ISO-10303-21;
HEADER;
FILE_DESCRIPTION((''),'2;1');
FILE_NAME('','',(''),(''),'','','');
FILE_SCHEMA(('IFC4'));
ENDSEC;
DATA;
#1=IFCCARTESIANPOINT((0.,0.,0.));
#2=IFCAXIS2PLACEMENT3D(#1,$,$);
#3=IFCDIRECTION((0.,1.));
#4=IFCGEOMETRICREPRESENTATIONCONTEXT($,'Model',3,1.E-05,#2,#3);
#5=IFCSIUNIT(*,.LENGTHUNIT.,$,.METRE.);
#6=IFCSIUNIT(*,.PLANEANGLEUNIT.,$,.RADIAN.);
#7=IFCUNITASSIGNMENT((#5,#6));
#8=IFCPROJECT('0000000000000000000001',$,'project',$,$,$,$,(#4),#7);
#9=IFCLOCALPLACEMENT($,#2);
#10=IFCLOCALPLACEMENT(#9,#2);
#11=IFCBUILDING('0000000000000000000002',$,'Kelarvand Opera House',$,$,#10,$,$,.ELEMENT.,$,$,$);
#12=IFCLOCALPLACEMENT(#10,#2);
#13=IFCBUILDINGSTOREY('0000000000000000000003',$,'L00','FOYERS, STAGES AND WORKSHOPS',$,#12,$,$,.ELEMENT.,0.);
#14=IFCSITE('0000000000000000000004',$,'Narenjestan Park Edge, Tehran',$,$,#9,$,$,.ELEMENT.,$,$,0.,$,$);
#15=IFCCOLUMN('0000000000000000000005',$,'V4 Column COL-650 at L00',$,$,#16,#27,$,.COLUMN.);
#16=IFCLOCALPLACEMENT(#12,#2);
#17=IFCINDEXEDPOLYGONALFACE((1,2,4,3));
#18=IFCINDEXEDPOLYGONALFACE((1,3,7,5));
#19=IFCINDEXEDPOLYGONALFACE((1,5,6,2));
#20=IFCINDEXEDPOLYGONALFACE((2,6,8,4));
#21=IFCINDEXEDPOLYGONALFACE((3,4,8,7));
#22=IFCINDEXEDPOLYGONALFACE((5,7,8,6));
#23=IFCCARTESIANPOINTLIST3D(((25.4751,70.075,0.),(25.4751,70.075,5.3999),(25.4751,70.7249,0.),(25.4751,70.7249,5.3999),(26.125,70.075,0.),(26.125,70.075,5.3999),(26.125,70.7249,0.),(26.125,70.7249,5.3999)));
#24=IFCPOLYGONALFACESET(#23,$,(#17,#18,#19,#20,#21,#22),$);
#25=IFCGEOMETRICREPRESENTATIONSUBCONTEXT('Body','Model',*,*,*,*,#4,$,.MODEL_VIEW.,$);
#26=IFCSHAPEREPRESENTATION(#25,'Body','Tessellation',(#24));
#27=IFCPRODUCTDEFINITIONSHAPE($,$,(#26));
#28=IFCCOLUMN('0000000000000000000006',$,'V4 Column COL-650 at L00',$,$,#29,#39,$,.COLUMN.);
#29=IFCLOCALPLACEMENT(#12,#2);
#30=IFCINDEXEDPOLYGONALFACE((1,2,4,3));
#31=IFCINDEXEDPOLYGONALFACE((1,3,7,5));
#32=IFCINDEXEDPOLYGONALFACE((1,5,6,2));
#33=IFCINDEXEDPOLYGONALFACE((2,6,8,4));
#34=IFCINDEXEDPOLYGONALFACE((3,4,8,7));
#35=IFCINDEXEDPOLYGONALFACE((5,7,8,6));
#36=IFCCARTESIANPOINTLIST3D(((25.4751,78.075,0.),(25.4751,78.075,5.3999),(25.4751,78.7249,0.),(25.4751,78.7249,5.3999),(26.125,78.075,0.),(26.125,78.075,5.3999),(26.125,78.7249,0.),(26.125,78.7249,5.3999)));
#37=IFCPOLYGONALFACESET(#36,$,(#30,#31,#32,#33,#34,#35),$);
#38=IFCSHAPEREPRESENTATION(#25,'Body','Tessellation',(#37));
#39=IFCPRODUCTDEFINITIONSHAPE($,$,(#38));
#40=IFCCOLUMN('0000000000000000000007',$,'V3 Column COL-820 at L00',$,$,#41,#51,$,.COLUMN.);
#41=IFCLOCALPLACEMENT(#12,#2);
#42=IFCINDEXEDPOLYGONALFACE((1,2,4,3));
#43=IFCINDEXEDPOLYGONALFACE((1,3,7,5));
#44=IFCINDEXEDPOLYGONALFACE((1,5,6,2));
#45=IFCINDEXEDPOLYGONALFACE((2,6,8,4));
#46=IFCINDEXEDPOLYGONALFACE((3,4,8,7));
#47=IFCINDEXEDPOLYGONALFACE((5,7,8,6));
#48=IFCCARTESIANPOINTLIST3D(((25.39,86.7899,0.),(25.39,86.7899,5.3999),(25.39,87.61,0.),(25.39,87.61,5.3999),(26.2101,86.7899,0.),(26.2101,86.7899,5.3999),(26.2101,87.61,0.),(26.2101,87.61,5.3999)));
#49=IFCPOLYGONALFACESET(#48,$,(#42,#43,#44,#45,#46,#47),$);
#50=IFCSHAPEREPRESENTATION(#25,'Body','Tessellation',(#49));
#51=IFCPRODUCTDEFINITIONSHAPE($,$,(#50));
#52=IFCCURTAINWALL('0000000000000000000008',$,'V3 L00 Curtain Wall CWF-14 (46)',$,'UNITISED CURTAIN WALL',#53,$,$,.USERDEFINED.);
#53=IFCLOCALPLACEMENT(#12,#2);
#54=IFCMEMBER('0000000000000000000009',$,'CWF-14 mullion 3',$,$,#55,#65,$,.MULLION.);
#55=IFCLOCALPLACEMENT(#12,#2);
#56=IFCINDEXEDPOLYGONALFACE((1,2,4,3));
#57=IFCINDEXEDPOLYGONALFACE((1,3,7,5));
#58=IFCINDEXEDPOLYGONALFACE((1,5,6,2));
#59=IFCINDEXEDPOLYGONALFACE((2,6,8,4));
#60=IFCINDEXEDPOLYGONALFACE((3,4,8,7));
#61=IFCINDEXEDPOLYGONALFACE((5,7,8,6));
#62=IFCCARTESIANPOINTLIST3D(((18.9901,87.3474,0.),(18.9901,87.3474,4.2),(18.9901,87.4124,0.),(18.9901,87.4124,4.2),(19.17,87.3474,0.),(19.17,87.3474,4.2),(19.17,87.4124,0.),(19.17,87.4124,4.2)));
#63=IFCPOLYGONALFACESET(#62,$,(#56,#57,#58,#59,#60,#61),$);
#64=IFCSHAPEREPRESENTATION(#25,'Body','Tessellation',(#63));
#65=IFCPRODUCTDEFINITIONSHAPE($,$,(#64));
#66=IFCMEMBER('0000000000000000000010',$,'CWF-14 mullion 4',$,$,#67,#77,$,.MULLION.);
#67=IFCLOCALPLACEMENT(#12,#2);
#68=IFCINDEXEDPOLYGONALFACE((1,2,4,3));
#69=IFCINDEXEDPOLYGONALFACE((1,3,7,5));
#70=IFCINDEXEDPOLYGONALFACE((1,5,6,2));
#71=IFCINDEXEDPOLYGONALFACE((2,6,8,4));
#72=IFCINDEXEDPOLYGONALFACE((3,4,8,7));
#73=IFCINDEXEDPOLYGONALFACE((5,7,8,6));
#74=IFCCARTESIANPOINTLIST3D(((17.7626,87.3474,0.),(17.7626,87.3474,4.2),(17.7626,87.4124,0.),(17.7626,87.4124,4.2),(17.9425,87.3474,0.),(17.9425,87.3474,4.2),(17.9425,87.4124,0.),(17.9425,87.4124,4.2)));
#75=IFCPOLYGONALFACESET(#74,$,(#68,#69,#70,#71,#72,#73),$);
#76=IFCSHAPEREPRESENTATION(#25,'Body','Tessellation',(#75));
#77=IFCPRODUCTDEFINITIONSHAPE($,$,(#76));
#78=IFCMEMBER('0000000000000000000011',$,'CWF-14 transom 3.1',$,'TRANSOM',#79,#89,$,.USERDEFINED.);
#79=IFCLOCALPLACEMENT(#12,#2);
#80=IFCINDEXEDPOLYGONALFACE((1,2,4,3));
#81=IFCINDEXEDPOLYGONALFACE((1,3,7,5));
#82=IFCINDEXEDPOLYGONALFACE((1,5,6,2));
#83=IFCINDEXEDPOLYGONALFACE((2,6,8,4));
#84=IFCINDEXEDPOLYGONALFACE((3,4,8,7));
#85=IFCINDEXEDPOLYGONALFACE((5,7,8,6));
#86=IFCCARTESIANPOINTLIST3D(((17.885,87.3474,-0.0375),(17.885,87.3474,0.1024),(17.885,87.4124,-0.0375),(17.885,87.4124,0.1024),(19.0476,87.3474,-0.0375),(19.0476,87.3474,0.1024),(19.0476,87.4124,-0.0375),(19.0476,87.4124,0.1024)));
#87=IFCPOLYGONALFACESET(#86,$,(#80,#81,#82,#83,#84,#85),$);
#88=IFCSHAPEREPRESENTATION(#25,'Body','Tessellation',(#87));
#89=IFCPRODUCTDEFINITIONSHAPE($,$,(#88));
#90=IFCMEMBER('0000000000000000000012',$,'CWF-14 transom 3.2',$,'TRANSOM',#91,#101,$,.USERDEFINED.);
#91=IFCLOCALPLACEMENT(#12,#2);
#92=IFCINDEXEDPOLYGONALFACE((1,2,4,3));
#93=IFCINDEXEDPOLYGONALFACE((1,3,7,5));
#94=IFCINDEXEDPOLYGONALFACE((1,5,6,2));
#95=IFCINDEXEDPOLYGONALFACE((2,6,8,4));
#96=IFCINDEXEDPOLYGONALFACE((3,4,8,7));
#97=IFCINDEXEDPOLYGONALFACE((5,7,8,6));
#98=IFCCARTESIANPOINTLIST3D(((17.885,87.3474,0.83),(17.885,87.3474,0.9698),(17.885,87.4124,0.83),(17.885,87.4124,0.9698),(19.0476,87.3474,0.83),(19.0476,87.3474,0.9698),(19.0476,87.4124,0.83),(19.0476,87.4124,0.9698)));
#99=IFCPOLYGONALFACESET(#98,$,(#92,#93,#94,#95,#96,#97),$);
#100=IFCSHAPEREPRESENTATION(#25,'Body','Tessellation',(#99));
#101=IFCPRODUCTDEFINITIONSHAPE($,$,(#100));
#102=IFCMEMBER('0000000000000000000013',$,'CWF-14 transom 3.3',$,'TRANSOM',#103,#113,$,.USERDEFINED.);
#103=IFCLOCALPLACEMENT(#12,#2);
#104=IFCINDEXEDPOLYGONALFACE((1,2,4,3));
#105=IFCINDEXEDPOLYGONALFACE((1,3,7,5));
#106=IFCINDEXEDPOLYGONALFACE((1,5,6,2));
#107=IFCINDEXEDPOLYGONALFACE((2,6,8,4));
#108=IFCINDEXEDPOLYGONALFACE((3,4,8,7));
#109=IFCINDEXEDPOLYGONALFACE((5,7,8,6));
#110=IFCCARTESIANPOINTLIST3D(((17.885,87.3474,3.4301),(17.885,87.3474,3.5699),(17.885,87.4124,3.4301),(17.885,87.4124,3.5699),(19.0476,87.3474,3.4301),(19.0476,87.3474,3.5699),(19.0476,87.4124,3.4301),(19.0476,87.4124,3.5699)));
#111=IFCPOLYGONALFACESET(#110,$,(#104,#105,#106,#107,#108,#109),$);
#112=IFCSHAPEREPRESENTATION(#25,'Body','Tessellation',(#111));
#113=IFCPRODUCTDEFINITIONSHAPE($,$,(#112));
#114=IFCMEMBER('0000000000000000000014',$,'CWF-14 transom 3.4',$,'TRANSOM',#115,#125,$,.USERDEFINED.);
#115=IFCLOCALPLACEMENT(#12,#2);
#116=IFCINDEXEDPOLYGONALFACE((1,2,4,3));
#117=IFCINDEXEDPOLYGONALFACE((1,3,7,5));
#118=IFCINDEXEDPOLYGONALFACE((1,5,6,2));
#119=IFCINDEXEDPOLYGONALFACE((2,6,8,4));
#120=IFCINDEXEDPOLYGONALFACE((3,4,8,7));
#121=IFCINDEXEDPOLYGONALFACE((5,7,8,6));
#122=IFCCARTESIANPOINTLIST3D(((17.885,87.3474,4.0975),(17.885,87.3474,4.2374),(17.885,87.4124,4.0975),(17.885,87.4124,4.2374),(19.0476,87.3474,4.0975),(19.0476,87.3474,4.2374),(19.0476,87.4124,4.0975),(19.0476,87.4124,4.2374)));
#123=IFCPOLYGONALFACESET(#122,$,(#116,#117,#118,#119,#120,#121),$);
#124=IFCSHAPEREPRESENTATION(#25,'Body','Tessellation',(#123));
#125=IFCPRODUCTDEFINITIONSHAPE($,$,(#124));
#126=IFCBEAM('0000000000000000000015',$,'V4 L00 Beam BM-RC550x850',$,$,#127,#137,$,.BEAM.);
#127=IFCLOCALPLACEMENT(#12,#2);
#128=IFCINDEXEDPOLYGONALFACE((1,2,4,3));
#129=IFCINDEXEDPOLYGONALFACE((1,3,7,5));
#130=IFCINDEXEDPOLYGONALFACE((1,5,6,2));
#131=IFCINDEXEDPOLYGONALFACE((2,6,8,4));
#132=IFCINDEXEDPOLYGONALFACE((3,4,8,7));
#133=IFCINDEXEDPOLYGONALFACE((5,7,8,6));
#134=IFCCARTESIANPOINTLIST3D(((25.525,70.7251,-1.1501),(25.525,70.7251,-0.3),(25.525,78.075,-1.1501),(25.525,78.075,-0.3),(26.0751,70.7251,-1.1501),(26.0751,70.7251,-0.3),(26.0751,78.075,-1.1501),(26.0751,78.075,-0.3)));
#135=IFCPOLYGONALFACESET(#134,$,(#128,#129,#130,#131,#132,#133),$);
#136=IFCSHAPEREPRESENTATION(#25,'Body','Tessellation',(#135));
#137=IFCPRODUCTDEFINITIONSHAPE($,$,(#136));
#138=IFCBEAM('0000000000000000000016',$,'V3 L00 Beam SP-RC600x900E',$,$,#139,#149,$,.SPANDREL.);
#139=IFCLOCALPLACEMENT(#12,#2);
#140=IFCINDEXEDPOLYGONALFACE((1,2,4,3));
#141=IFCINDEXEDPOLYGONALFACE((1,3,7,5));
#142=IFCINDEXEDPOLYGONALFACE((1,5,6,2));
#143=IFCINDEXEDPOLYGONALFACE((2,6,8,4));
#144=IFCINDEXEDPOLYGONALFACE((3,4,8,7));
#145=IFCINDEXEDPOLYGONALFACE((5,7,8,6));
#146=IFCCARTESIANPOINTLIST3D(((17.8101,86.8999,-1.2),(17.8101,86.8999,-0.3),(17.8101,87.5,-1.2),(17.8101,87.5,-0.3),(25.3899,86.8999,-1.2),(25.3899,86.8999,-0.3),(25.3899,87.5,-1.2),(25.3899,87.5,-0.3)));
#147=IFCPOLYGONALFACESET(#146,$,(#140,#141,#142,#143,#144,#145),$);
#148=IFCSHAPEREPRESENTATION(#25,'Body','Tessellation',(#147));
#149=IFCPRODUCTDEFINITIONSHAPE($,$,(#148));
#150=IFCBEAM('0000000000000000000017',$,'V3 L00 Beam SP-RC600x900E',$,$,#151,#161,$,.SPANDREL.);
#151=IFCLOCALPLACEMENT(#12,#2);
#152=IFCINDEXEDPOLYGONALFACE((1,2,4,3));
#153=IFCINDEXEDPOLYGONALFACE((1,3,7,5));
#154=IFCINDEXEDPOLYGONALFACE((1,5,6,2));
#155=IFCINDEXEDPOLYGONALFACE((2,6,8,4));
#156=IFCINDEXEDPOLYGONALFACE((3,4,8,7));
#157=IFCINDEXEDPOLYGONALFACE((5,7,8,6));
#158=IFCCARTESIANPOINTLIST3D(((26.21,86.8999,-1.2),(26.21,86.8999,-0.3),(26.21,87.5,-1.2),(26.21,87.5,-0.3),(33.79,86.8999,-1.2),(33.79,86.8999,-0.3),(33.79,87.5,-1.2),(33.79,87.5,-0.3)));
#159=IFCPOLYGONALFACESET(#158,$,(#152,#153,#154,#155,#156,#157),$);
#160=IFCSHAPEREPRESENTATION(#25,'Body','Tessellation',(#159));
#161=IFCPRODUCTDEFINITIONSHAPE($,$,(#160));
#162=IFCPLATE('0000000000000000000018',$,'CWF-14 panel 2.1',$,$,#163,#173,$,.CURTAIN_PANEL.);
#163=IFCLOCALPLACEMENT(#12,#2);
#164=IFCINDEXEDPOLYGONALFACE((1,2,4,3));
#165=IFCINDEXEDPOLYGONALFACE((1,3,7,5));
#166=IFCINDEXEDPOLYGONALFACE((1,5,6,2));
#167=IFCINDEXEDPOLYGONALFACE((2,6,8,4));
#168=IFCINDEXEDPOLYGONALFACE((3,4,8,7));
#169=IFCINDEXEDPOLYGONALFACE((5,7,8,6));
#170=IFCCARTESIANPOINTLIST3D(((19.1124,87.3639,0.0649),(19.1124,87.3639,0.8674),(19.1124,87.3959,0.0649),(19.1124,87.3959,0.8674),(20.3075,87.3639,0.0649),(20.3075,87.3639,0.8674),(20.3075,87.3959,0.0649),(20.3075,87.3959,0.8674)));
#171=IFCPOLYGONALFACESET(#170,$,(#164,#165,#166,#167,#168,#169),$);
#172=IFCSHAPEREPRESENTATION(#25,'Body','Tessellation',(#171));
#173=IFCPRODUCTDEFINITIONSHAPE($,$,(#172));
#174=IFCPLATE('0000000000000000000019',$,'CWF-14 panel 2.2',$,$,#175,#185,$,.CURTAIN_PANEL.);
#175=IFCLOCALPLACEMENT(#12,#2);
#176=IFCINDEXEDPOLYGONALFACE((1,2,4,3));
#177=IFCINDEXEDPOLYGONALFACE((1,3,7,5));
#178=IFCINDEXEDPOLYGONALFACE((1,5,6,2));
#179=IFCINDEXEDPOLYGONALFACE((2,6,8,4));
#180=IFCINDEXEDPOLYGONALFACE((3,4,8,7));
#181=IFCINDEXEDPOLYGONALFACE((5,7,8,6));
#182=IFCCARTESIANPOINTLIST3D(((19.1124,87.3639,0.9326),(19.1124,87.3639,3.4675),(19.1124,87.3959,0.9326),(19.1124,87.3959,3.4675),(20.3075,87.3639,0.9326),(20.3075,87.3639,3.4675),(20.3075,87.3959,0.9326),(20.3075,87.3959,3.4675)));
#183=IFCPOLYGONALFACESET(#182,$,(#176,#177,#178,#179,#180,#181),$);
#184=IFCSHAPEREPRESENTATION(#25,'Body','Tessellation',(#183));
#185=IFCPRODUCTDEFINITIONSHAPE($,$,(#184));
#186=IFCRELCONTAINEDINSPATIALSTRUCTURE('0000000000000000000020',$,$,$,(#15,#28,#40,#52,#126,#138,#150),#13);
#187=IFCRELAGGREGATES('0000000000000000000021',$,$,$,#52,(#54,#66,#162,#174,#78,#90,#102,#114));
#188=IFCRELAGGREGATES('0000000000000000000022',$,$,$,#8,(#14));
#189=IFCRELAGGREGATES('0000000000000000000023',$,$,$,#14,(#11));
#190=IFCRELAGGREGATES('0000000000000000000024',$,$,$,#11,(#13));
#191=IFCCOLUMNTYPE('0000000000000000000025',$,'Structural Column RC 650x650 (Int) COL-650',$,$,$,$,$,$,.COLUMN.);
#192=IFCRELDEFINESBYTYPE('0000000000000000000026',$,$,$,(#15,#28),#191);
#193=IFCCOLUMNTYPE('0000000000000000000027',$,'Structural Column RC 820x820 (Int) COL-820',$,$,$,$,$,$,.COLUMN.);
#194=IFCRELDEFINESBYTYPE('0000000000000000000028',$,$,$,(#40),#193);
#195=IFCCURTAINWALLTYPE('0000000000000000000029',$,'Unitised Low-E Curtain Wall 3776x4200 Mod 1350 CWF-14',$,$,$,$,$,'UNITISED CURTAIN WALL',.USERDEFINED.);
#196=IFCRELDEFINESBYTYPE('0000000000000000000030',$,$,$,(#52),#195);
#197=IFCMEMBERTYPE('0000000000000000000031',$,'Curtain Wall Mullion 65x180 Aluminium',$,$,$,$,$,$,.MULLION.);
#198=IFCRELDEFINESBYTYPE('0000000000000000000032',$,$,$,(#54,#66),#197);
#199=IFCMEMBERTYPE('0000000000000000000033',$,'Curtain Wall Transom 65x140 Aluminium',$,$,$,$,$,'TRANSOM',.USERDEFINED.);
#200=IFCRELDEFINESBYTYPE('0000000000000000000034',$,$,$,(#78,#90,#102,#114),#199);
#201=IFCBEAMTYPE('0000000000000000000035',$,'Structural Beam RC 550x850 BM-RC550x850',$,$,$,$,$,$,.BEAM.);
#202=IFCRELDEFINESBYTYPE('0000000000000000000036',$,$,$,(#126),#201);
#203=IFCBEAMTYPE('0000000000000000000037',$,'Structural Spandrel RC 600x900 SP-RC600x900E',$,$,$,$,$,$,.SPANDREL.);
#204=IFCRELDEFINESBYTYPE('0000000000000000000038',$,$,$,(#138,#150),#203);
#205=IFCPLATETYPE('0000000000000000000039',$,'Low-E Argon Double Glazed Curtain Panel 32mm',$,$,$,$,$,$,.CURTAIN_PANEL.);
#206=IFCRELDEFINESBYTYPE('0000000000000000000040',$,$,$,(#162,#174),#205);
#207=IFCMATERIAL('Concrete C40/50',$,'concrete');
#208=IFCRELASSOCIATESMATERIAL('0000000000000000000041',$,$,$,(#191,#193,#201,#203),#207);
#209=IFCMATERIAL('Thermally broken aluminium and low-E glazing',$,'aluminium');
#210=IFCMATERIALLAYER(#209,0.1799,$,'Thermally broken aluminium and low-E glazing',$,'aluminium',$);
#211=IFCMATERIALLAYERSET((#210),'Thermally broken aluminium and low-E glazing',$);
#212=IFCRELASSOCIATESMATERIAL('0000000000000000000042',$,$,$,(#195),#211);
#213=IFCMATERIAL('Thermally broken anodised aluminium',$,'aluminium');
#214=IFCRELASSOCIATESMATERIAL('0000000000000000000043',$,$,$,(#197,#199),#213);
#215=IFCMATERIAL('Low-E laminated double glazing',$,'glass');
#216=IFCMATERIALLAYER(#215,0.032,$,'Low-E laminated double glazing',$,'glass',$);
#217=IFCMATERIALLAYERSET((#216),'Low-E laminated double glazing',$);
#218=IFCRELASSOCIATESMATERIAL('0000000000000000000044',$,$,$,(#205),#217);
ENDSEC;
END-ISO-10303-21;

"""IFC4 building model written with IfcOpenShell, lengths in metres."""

from ifc_helpers import new_model, si_unit, direction, frame, origin, origin_2d, place, context, subcontext, project, spatial, rectangle, extrude, material, layer, layer_set, material_profile, profile_set, type_object, element, aggregate, save


model = new_model("IFC4")

# Units and contexts
model_context = context("Model", 3, precision=1e-05, world=origin(), true_north=direction((0.0, 1.0)))
body_context = subcontext(model_context, "Body", "Model", "MODEL_VIEW")
ifc_project = project(units=[si_unit("LENGTHUNIT", "METRE"), si_unit("PLANEANGLEUNIT", "RADIAN")], contexts=[model_context])

# Site, building, storey
site_placement = place(None, origin())
site = spatial("IfcSite", under=ifc_project, at=site_placement, Name="Narenjestan Park Edge, Tehran", CompositionType="ELEMENT", RefElevation=0.0)
building_placement = place(site_placement, origin())
building = spatial("IfcBuilding", under=site, at=building_placement, Name="Kelarvand Opera House", CompositionType="ELEMENT")
storey_placement = place(building_placement, origin())
storey = spatial("IfcBuildingStorey", under=building, at=storey_placement, Name="L00", Description="FOYERS, STAGES AND WORKSHOPS", CompositionType="ELEMENT", Elevation=0.0)

# Columns
ifc_material_1 = material(Name="Concrete C40/50", Category="concrete")
ifc_material_profile_1 = material_profile(ifc_material_1, rectangle(XDim=0.6499, YDim=0.6499, at=origin_2d()), Name="RC 650x650", Category="concrete")
ifc_profile_set_1 = profile_set([ifc_material_profile_1], Name="Concrete C40/50")
column_type_1 = type_object("IfcColumnType", Name="Structural Column RC 650x650 (Int) COL-650", PredefinedType="COLUMN", material=ifc_profile_set_1)
for number, where, z_axis, x_axis, name in (
    (1, (25.8, 70.3999, 0.0), (0.0, 0.0, 1.0), (1.0, 0.0, 0.0), "V4 Column COL-650 at L00"),
    (2, (25.8, 78.3999, 0.0), (0.0, 0.0, 1.0), (1.0, 0.0, 0.0), "V4 Column COL-650 at L00"),
):
    element("IfcColumn", number, at=place(storey_placement, frame(where, z_axis=z_axis, x_axis=x_axis)), inside=storey, type_object=column_type_1, Name=name, PredefinedType="COLUMN", context=body_context, shape_type="SweptSolid", body=[
        extrude(rectangle(XDim=0.6499, YDim=0.6499, at=origin_2d()), origin(), (0.0, 0.0, 1.0), 5.3999),
    ])
ifc_material_profile_2 = material_profile(ifc_material_1, rectangle(XDim=0.8201, YDim=0.8201, at=origin_2d()), Name="RC 820x820", Category="concrete")
ifc_profile_set_2 = profile_set([ifc_material_profile_2], Name="Concrete C40/50")
column_type_2 = type_object("IfcColumnType", Name="Structural Column RC 820x820 (Int) COL-820", PredefinedType="COLUMN", material=ifc_profile_set_2)
column_placement = place(storey_placement, frame((25.8, 87.2, 0.0), z_axis=(0.0, 0.0, 1.0), x_axis=(1.0, 0.0, 0.0)))
element("IfcColumn", 3, at=column_placement, inside=storey, type_object=column_type_2, Name="V3 Column COL-820 at L00", PredefinedType="COLUMN", context=body_context, shape_type="SweptSolid", body=[
    extrude(rectangle(XDim=0.8201, YDim=0.8201, at=origin_2d()), origin(), (0.0, 0.0, 1.0), 5.3999),
])

# Curtain wall, members
ifc_material_2 = material(Name="Thermally broken aluminium and low-E glazing", Category="aluminium")
ifc_layer_1 = layer(ifc_material_2, 0.1799, Name="Thermally broken aluminium and low-E glazing", Category="aluminium")
ifc_layer_set_1 = layer_set([ifc_layer_1], Name="Thermally broken aluminium and low-E glazing")
curtain_wall_type = type_object("IfcCurtainWallType", Name="Unitised Low-E Curtain Wall 3776x4200 Mod 1350 CWF-14", ElementType="UNITISED CURTAIN WALL", PredefinedType="USERDEFINED", material=ifc_layer_set_1)
curtain_wall_placement = place(storey_placement, origin())
curtain_wall = element("IfcCurtainWall", 4, at=curtain_wall_placement, inside=storey, type_object=curtain_wall_type, Name="V3 L00 Curtain Wall CWF-14 (46)", ObjectType="UNITISED CURTAIN WALL", PredefinedType="USERDEFINED")
ifc_material_3 = material(Name="Thermally broken anodised aluminium", Category="aluminium")
ifc_material_profile_3 = material_profile(ifc_material_3, rectangle(XDim=0.0649, YDim=0.1799, at=origin_2d()), Name="ALU MULLION 65x180", Category="aluminium")
ifc_profile_set_3 = profile_set([ifc_material_profile_3], Name="Thermally broken anodised aluminium")
member_type_1 = type_object("IfcMemberType", Name="Curtain Wall Mullion 65x180 Aluminium", PredefinedType="MULLION", material=ifc_profile_set_3)
member_1_placement = place(storey_placement, frame((19.0801, 87.3799, 0.0), z_axis=(0.0, 0.0, 1.0), x_axis=(0.0, -1.0, 0.0)))
member_1 = element("IfcMember", 5, at=member_1_placement, type_object=member_type_1, Name="CWF-14 mullion 3", PredefinedType="MULLION", context=body_context, shape_type="SweptSolid", body=[
    extrude(rectangle(XDim=0.0649, YDim=0.1799, at=origin_2d()), origin(), (0.0, 0.0, 1.0), 4.2),
])
member_2_placement = place(storey_placement, frame((17.8525, 87.3799, 0.0), z_axis=(0.0, 0.0, 1.0), x_axis=(0.0, -1.0, 0.0)))
member_2 = element("IfcMember", 6, at=member_2_placement, type_object=member_type_1, Name="CWF-14 mullion 4", PredefinedType="MULLION", context=body_context, shape_type="SweptSolid", body=[
    extrude(rectangle(XDim=0.0649, YDim=0.1799, at=origin_2d()), origin(), (0.0, 0.0, 1.0), 4.2),
])
ifc_material_profile_4 = material_profile(ifc_material_3, rectangle(XDim=0.0649, YDim=0.1399, at=origin_2d()), Name="ALU TRANSOM 65x140", Category="aluminium")
ifc_profile_set_4 = profile_set([ifc_material_profile_4], Name="Thermally broken anodised aluminium")
member_type_2 = type_object("IfcMemberType", Name="Curtain Wall Transom 65x140 Aluminium", ElementType="TRANSOM", PredefinedType="USERDEFINED", material=ifc_profile_set_4)
member_3_placement = place(storey_placement, frame((19.0476, 87.3799, 0.0325), z_axis=(-1.0, 0.0, 0.0), x_axis=(0.0, -1.0, 0.0)))
member_3 = element("IfcMember", 7, at=member_3_placement, type_object=member_type_2, Name="CWF-14 transom 3.1", ObjectType="TRANSOM", PredefinedType="USERDEFINED", context=body_context, shape_type="SweptSolid", body=[
    extrude(rectangle(XDim=0.0649, YDim=0.1399, at=origin_2d()), origin(), (0.0, 0.0, 1.0), 1.1626),
])
member_4_placement = place(storey_placement, frame((19.0476, 87.3799, 0.8999), z_axis=(-1.0, 0.0, 0.0), x_axis=(0.0, -1.0, 0.0)))
member_4 = element("IfcMember", 8, at=member_4_placement, type_object=member_type_2, Name="CWF-14 transom 3.2", ObjectType="TRANSOM", PredefinedType="USERDEFINED", context=body_context, shape_type="SweptSolid", body=[
    extrude(rectangle(XDim=0.0649, YDim=0.1399, at=origin_2d()), origin(), (0.0, 0.0, 1.0), 1.1626),
])
member_5_placement = place(storey_placement, frame((19.0476, 87.3799, 3.5), z_axis=(-1.0, 0.0, 0.0), x_axis=(0.0, -1.0, 0.0)))
member_5 = element("IfcMember", 9, at=member_5_placement, type_object=member_type_2, Name="CWF-14 transom 3.3", ObjectType="TRANSOM", PredefinedType="USERDEFINED", context=body_context, shape_type="SweptSolid", body=[
    extrude(rectangle(XDim=0.0649, YDim=0.1399, at=origin_2d()), origin(), (0.0, 0.0, 1.0), 1.1626),
])
member_6_placement = place(storey_placement, frame((19.0476, 87.3799, 4.1675), z_axis=(-1.0, 0.0, 0.0), x_axis=(0.0, -1.0, 0.0)))
member_6 = element("IfcMember", 10, at=member_6_placement, type_object=member_type_2, Name="CWF-14 transom 3.4", ObjectType="TRANSOM", PredefinedType="USERDEFINED", context=body_context, shape_type="SweptSolid", body=[
    extrude(rectangle(XDim=0.0649, YDim=0.1399, at=origin_2d()), origin(), (0.0, 0.0, 1.0), 1.1626),
])

# Beams
ifc_material_profile_5 = material_profile(ifc_material_1, rectangle(XDim=0.55, YDim=0.8501, at=origin_2d()), Name="RC 550x850", Category="concrete")
ifc_profile_set_5 = profile_set([ifc_material_profile_5], Name="Concrete C40/50")
beam_type_1 = type_object("IfcBeamType", Name="Structural Beam RC 550x850 BM-RC550x850", PredefinedType="BEAM", material=ifc_profile_set_5)
beam_1_placement = place(storey_placement, frame((25.8, 70.7251, -0.7251), z_axis=(0.0, 1.0, 0.0), x_axis=(-1.0, 0.0, 0.0)))
element("IfcBeam", 11, at=beam_1_placement, inside=storey, type_object=beam_type_1, Name="V4 L00 Beam BM-RC550x850", PredefinedType="BEAM", context=body_context, shape_type="SweptSolid", body=[
    extrude(rectangle(XDim=0.55, YDim=0.8501, at=origin_2d()), origin(), (0.0, 0.0, 1.0), 7.3499),
])
ifc_material_profile_6 = material_profile(ifc_material_1, rectangle(XDim=0.6001, YDim=0.8999, at=origin_2d()), Name="RC 600x900", Category="concrete")
ifc_profile_set_6 = profile_set([ifc_material_profile_6], Name="Concrete C40/50")
beam_type_2 = type_object("IfcBeamType", Name="Structural Spandrel RC 600x900 SP-RC600x900E", PredefinedType="SPANDREL", material=ifc_profile_set_6)
beam_2_placement = place(storey_placement, frame((17.8101, 87.2, -0.75), z_axis=(1.0, 0.0, 0.0), x_axis=(0.0, 1.0, 0.0)))
element("IfcBeam", 12, at=beam_2_placement, inside=storey, type_object=beam_type_2, Name="V3 L00 Beam SP-RC600x900E", PredefinedType="SPANDREL", context=body_context, shape_type="SweptSolid", body=[
    extrude(rectangle(XDim=0.6001, YDim=0.8999, at=origin_2d()), origin(), (0.0, 0.0, 1.0), 7.5798),
])
beam_3_placement = place(storey_placement, frame((26.21, 87.2, -0.75), z_axis=(1.0, 0.0, 0.0), x_axis=(0.0, 1.0, 0.0)))
element("IfcBeam", 13, at=beam_3_placement, inside=storey, type_object=beam_type_2, Name="V3 L00 Beam SP-RC600x900E", PredefinedType="SPANDREL", context=body_context, shape_type="SweptSolid", body=[
    extrude(rectangle(XDim=0.6001, YDim=0.8999, at=origin_2d()), origin(), (0.0, 0.0, 1.0), 7.5801),
])

# Plates
ifc_material_4 = material(Name="Low-E laminated double glazing", Category="glass")
ifc_layer_2 = layer(ifc_material_4, 0.032, Name="Low-E laminated double glazing", Category="glass")
ifc_layer_set_2 = layer_set([ifc_layer_2], Name="Low-E laminated double glazing")
plate_type = type_object("IfcPlateType", Name="Low-E Argon Double Glazed Curtain Panel 32mm", PredefinedType="CURTAIN_PANEL", material=ifc_layer_set_2)
plate_1_placement = place(storey_placement, frame((19.71, 87.3799, 0.0649), z_axis=(0.0, 0.0, 1.0), x_axis=(-1.0, 0.0, 0.0)))
plate_1 = element("IfcPlate", 14, at=plate_1_placement, type_object=plate_type, Name="CWF-14 panel 2.1", PredefinedType="CURTAIN_PANEL", context=body_context, shape_type="SweptSolid", body=[
    extrude(rectangle(XDim=1.1951, YDim=0.032, at=origin_2d()), origin(), (0.0, 0.0, 1.0), 0.8025),
])
plate_2_placement = place(storey_placement, frame((19.71, 87.3799, 0.9326), z_axis=(0.0, 0.0, 1.0), x_axis=(-1.0, 0.0, 0.0)))
plate_2 = element("IfcPlate", 15, at=plate_2_placement, type_object=plate_type, Name="CWF-14 panel 2.2", PredefinedType="CURTAIN_PANEL", context=body_context, shape_type="SweptSolid", body=[
    extrude(rectangle(XDim=1.1951, YDim=0.032, at=origin_2d()), origin(), (0.0, 0.0, 1.0), 2.5349),
])
aggregate(curtain_wall, [member_1, member_2, plate_1, plate_2, member_3, member_4, member_5, member_6])

save(model, "model.ifc")
